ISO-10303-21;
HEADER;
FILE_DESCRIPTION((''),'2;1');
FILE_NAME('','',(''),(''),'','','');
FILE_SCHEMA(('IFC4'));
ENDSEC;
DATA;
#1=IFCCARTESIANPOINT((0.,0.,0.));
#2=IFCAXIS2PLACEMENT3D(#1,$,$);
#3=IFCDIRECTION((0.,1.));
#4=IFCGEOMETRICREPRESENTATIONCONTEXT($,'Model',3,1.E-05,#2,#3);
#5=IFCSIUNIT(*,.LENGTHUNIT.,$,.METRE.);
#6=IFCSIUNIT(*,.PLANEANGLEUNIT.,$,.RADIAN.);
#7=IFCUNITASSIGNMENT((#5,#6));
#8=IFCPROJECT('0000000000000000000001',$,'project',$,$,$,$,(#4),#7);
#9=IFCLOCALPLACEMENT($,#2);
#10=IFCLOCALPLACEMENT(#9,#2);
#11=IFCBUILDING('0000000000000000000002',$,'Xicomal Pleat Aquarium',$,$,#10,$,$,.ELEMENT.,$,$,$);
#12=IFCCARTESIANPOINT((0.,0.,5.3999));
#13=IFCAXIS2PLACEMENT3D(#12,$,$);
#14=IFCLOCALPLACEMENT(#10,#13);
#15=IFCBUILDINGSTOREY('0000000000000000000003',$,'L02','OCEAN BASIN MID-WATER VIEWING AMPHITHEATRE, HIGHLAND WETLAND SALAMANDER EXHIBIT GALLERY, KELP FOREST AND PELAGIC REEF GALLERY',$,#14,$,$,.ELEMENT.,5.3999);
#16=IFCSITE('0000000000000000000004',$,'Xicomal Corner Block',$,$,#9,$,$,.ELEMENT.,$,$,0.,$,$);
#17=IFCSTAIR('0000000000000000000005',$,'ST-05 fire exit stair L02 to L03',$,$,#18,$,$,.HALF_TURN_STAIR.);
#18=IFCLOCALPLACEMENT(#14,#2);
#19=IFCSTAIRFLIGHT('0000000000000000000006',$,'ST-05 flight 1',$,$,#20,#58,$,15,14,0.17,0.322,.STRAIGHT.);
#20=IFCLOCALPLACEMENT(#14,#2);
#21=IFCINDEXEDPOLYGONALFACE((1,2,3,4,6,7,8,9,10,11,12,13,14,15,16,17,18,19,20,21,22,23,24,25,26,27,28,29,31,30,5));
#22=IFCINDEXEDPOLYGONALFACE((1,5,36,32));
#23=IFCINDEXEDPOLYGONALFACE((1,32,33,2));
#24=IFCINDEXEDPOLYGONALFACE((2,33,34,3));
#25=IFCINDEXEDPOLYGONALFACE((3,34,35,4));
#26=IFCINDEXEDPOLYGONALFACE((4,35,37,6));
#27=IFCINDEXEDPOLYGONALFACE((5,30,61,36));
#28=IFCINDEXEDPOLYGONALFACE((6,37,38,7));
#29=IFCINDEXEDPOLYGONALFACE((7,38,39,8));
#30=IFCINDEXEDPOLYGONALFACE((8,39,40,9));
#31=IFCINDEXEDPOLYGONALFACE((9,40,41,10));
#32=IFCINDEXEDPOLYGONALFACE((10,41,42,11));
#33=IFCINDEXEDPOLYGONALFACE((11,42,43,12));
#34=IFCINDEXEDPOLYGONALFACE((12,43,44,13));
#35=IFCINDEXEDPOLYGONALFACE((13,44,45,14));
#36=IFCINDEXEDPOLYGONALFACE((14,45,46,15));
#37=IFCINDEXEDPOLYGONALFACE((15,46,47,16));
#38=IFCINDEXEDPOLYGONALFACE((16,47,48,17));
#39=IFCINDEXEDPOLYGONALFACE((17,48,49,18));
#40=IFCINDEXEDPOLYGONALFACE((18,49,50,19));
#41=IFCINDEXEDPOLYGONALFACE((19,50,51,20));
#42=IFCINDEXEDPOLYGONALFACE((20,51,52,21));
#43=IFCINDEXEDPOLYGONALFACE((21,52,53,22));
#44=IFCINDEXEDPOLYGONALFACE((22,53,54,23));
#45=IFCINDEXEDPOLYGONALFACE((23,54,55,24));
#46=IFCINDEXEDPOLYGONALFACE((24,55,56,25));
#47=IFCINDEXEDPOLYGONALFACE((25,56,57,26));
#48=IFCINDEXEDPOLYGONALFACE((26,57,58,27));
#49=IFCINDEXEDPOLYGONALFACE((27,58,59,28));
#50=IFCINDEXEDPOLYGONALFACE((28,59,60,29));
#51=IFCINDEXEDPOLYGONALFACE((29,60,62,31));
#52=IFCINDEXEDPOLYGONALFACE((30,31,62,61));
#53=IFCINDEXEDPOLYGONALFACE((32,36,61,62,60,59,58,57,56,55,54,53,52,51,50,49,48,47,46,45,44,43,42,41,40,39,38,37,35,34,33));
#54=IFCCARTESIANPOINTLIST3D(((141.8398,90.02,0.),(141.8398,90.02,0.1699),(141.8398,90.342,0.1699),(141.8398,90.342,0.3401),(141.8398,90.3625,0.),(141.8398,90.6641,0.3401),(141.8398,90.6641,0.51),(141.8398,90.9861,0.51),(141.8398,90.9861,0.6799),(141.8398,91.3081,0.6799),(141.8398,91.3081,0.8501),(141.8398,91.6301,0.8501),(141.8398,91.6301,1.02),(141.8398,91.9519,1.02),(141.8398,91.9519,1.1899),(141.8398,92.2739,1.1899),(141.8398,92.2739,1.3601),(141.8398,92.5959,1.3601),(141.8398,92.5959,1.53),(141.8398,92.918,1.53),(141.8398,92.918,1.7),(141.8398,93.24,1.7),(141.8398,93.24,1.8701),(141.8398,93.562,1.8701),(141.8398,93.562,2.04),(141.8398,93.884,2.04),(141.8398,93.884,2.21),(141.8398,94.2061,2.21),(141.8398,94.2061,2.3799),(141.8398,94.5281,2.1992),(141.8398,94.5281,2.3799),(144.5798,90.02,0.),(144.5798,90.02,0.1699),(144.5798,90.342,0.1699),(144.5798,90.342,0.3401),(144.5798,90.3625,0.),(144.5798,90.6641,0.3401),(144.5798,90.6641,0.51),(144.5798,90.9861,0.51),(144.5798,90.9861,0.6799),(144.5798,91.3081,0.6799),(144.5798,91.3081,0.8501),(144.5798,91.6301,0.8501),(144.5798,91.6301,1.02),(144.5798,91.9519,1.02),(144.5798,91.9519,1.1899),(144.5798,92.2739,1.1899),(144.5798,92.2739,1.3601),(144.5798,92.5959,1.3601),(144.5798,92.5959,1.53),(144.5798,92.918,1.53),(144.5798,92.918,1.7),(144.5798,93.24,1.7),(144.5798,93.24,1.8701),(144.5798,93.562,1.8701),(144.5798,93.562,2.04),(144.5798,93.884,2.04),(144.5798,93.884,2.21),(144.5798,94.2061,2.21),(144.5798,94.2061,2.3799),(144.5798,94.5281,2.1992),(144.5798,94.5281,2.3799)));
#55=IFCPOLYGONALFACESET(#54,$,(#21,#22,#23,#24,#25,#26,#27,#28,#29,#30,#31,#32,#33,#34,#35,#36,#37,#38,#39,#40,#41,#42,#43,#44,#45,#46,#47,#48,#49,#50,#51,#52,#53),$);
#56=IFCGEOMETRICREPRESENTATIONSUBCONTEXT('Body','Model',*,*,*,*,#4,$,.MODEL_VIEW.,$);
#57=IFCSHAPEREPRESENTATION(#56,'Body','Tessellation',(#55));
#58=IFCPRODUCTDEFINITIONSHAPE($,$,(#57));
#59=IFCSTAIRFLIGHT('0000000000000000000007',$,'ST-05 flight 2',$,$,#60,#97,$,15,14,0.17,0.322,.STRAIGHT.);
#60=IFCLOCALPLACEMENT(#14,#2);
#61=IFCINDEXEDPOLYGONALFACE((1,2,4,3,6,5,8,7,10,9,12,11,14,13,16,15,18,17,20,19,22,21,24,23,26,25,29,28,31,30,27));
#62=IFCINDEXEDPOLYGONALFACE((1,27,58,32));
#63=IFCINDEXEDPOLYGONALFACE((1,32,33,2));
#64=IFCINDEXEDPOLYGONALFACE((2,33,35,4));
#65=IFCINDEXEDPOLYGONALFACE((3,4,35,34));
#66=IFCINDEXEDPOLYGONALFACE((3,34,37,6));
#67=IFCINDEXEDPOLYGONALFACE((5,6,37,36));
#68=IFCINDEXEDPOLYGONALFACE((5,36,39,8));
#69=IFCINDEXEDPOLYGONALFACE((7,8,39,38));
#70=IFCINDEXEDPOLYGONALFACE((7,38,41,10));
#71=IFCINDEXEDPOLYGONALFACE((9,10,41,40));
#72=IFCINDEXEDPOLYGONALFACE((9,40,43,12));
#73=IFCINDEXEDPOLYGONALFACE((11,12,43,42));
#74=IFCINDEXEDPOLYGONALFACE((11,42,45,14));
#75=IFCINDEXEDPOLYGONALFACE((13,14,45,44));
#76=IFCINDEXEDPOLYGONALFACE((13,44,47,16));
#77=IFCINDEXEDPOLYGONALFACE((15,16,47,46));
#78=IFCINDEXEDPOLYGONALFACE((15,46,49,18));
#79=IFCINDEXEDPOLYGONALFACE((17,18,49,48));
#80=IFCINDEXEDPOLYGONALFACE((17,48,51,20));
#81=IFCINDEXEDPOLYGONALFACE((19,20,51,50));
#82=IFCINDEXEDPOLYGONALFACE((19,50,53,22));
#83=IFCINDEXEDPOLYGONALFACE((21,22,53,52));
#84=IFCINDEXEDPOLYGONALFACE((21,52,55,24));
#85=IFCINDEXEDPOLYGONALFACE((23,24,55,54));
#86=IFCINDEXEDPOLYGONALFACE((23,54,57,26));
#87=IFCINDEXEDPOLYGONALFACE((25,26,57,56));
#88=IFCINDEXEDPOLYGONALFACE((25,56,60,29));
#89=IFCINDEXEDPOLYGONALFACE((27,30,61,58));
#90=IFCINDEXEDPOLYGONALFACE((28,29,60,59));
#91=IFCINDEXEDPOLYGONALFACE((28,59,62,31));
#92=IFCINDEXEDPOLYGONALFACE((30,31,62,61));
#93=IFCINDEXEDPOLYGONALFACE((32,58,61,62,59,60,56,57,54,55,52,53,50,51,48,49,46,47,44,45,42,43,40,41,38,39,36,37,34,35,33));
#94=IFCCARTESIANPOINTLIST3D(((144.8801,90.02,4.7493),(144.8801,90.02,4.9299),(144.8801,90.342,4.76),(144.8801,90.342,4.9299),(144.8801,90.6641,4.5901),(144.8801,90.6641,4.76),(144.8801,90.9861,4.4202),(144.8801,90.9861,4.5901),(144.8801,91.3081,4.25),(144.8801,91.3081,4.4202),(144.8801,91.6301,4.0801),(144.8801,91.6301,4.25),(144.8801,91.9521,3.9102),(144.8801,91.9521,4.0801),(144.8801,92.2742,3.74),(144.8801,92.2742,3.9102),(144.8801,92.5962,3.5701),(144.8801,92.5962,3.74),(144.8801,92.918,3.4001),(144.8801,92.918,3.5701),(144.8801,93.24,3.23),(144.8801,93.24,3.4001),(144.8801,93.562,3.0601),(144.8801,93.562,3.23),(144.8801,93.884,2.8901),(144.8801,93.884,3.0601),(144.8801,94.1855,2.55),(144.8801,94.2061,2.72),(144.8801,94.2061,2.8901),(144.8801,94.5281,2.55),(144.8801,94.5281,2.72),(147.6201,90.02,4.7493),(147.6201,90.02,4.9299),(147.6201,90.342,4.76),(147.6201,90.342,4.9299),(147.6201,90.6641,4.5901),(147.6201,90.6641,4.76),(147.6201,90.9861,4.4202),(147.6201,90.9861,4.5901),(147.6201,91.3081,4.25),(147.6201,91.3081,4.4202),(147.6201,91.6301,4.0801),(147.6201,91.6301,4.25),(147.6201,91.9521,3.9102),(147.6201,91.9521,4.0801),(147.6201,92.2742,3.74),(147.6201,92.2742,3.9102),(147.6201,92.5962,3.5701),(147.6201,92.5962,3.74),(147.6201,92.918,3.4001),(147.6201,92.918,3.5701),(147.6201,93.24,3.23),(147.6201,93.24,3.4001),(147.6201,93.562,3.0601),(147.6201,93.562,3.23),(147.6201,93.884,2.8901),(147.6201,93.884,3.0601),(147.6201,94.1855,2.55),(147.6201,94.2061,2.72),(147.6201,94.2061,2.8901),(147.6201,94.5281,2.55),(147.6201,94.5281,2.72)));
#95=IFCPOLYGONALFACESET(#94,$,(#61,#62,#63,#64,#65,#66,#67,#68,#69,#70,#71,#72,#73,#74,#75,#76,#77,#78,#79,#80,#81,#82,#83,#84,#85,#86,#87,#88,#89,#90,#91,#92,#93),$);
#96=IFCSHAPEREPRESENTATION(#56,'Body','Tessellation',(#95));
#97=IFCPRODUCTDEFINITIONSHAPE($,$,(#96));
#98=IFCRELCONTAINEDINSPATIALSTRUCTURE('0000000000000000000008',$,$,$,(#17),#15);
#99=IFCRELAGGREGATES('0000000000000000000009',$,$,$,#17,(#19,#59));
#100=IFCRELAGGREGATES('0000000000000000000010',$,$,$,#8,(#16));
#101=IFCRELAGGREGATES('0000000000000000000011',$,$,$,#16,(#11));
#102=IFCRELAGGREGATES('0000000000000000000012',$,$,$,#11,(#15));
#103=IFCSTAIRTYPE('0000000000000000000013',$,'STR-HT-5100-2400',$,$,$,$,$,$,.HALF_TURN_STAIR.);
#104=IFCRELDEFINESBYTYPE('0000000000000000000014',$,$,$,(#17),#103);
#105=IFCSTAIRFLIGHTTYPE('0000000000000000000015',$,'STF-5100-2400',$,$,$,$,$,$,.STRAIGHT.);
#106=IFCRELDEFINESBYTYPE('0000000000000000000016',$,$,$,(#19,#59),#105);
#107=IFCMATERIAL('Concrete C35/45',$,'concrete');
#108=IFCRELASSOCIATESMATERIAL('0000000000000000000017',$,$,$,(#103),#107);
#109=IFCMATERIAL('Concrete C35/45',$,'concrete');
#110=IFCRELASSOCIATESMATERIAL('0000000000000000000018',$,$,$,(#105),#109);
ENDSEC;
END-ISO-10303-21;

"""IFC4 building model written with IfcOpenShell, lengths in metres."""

from ifc_helpers import new_model, si_unit, direction, frame, origin, place, context, subcontext, project, spatial, polyline, outline, extrude, material, type_object, element, aggregate, save


model = new_model("IFC4")

# Units and contexts
model_context = context("Model", 3, precision=1e-05, world=origin(), true_north=direction((0.0, 1.0)))
body_context = subcontext(model_context, "Body", "Model", "MODEL_VIEW")
ifc_project = project(units=[si_unit("LENGTHUNIT", "METRE"), si_unit("PLANEANGLEUNIT", "RADIAN")], contexts=[model_context])

# Site, building, storey
site_placement = place(None, origin())
site = spatial("IfcSite", under=ifc_project, at=site_placement, Name="Xicomal Corner Block", CompositionType="ELEMENT", RefElevation=0.0)
building_placement = place(site_placement, origin())
building = spatial("IfcBuilding", under=site, at=building_placement, Name="Xicomal Pleat Aquarium", CompositionType="ELEMENT")
storey_placement = place(building_placement, frame((0.0, 0.0, 5.3999)))
storey = spatial("IfcBuildingStorey", under=building, at=storey_placement, Name="L02", Description="OCEAN BASIN MID-WATER VIEWING AMPHITHEATRE, HIGHLAND WETLAND SALAMANDER EXHIBIT GALLERY, KELP FOREST AND PELAGIC REEF GALLERY", CompositionType="ELEMENT", Elevation=5.3999)

# Stair, stair flights
ifc_material_1 = material(Name="Concrete C35/45", Category="concrete")
stair_type = type_object("IfcStairType", Name="STR-HT-5100-2400", PredefinedType="HALF_TURN_STAIR", material=ifc_material_1)
stair_placement = place(storey_placement, origin())
stair = element("IfcStair", 1, at=stair_placement, inside=storey, type_object=stair_type, Name="ST-05 fire exit stair L02 to L03", PredefinedType="HALF_TURN_STAIR")
ifc_material_2 = material(Name="Concrete C35/45", Category="concrete")
stair_flight_type = type_object("IfcStairFlightType", Name="STF-5100-2400", PredefinedType="STRAIGHT", material=ifc_material_2)
stair_flight_1_placement = place(storey_placement, frame((143.21, 90.02, 0.0), z_axis=(0.0, 0.0, 1.0), x_axis=(0.0, 1.0, 0.0)))
stair_flight_1 = element("IfcStairFlight", 2, at=stair_flight_1_placement, type_object=stair_flight_type, Name="ST-05 flight 1", NumberOfRisers=15, NumberOfTreads=14, PredefinedType="STRAIGHT", RiserHeight=0.17, TreadLength=0.322, context=body_context, shape_type="SweptSolid", body=[
    extrude(outline(polyline([(0.0, 0.0), (0.0, 0.1699), (0.322, 0.1699), (0.322, 0.3401), (0.644, 0.3401), (0.644, 0.51), (0.9661, 0.51), (0.9661, 0.6799), (1.2881, 0.6799), (1.2881, 0.8501), (1.6101, 0.8501), (1.6101, 1.02), (1.9319, 1.02), (1.9319, 1.1899), (2.2539, 1.1899), (2.2539, 1.3601), (2.5759, 1.3601), (2.5759, 1.53), (2.8979, 1.53), (2.8979, 1.7), (3.22, 1.7), (3.22, 1.8701), (3.542, 1.8701), (3.542, 2.04), (3.864, 2.04), (3.864, 2.21), (4.186, 2.21), (4.186, 2.3799), (4.5081, 2.3799), (4.5081, 2.55), (4.5081, 2.1992), (0.3425, 0.0), (0.0, 0.0)])), frame((0.0, 1.3701, 0.0), z_axis=(0.0, -1.0, 0.0), x_axis=(1.0, 0.0, 0.0)), (0.0, 0.0, 1.0), 2.74),
])
stair_flight_2_placement = place(storey_placement, frame((146.25, 94.5281, 2.55), z_axis=(0.0, 0.0, 1.0), x_axis=(0.0, -1.0, 0.0)))
stair_flight_2 = element("IfcStairFlight", 3, at=stair_flight_2_placement, type_object=stair_flight_type, Name="ST-05 flight 2", NumberOfRisers=15, NumberOfTreads=14, PredefinedType="STRAIGHT", RiserHeight=0.17, TreadLength=0.322, context=body_context, shape_type="SweptSolid", body=[
    extrude(outline(polyline([(0.0, 0.0), (0.0, 0.1699), (0.322, 0.1699), (0.322, 0.3401), (0.644, 0.3401), (0.644, 0.51), (0.9661, 0.51), (0.9661, 0.6799), (1.2881, 0.6799), (1.2881, 0.8501), (1.6101, 0.8501), (1.6101, 1.02), (1.9319, 1.02), (1.9319, 1.1899), (2.2539, 1.1899), (2.2539, 1.3601), (2.5759, 1.3601), (2.5759, 1.53), (2.8979, 1.53), (2.8979, 1.7), (3.22, 1.7), (3.22, 1.8701), (3.542, 1.8701), (3.542, 2.04), (3.864, 2.04), (3.864, 2.21), (4.186, 2.21), (4.186, 2.3799), (4.5081, 2.3799), (4.5081, 2.55), (4.5081, 2.1992), (0.3425, 0.0), (0.0, 0.0)])), frame((0.0, 1.3701, 0.0), z_axis=(0.0, -1.0, 0.0), x_axis=(1.0, 0.0, 0.0)), (0.0, 0.0, 1.0), 2.74),
])
aggregate(stair, [stair_flight_1, stair_flight_2])

save(model, "model.ifc")
